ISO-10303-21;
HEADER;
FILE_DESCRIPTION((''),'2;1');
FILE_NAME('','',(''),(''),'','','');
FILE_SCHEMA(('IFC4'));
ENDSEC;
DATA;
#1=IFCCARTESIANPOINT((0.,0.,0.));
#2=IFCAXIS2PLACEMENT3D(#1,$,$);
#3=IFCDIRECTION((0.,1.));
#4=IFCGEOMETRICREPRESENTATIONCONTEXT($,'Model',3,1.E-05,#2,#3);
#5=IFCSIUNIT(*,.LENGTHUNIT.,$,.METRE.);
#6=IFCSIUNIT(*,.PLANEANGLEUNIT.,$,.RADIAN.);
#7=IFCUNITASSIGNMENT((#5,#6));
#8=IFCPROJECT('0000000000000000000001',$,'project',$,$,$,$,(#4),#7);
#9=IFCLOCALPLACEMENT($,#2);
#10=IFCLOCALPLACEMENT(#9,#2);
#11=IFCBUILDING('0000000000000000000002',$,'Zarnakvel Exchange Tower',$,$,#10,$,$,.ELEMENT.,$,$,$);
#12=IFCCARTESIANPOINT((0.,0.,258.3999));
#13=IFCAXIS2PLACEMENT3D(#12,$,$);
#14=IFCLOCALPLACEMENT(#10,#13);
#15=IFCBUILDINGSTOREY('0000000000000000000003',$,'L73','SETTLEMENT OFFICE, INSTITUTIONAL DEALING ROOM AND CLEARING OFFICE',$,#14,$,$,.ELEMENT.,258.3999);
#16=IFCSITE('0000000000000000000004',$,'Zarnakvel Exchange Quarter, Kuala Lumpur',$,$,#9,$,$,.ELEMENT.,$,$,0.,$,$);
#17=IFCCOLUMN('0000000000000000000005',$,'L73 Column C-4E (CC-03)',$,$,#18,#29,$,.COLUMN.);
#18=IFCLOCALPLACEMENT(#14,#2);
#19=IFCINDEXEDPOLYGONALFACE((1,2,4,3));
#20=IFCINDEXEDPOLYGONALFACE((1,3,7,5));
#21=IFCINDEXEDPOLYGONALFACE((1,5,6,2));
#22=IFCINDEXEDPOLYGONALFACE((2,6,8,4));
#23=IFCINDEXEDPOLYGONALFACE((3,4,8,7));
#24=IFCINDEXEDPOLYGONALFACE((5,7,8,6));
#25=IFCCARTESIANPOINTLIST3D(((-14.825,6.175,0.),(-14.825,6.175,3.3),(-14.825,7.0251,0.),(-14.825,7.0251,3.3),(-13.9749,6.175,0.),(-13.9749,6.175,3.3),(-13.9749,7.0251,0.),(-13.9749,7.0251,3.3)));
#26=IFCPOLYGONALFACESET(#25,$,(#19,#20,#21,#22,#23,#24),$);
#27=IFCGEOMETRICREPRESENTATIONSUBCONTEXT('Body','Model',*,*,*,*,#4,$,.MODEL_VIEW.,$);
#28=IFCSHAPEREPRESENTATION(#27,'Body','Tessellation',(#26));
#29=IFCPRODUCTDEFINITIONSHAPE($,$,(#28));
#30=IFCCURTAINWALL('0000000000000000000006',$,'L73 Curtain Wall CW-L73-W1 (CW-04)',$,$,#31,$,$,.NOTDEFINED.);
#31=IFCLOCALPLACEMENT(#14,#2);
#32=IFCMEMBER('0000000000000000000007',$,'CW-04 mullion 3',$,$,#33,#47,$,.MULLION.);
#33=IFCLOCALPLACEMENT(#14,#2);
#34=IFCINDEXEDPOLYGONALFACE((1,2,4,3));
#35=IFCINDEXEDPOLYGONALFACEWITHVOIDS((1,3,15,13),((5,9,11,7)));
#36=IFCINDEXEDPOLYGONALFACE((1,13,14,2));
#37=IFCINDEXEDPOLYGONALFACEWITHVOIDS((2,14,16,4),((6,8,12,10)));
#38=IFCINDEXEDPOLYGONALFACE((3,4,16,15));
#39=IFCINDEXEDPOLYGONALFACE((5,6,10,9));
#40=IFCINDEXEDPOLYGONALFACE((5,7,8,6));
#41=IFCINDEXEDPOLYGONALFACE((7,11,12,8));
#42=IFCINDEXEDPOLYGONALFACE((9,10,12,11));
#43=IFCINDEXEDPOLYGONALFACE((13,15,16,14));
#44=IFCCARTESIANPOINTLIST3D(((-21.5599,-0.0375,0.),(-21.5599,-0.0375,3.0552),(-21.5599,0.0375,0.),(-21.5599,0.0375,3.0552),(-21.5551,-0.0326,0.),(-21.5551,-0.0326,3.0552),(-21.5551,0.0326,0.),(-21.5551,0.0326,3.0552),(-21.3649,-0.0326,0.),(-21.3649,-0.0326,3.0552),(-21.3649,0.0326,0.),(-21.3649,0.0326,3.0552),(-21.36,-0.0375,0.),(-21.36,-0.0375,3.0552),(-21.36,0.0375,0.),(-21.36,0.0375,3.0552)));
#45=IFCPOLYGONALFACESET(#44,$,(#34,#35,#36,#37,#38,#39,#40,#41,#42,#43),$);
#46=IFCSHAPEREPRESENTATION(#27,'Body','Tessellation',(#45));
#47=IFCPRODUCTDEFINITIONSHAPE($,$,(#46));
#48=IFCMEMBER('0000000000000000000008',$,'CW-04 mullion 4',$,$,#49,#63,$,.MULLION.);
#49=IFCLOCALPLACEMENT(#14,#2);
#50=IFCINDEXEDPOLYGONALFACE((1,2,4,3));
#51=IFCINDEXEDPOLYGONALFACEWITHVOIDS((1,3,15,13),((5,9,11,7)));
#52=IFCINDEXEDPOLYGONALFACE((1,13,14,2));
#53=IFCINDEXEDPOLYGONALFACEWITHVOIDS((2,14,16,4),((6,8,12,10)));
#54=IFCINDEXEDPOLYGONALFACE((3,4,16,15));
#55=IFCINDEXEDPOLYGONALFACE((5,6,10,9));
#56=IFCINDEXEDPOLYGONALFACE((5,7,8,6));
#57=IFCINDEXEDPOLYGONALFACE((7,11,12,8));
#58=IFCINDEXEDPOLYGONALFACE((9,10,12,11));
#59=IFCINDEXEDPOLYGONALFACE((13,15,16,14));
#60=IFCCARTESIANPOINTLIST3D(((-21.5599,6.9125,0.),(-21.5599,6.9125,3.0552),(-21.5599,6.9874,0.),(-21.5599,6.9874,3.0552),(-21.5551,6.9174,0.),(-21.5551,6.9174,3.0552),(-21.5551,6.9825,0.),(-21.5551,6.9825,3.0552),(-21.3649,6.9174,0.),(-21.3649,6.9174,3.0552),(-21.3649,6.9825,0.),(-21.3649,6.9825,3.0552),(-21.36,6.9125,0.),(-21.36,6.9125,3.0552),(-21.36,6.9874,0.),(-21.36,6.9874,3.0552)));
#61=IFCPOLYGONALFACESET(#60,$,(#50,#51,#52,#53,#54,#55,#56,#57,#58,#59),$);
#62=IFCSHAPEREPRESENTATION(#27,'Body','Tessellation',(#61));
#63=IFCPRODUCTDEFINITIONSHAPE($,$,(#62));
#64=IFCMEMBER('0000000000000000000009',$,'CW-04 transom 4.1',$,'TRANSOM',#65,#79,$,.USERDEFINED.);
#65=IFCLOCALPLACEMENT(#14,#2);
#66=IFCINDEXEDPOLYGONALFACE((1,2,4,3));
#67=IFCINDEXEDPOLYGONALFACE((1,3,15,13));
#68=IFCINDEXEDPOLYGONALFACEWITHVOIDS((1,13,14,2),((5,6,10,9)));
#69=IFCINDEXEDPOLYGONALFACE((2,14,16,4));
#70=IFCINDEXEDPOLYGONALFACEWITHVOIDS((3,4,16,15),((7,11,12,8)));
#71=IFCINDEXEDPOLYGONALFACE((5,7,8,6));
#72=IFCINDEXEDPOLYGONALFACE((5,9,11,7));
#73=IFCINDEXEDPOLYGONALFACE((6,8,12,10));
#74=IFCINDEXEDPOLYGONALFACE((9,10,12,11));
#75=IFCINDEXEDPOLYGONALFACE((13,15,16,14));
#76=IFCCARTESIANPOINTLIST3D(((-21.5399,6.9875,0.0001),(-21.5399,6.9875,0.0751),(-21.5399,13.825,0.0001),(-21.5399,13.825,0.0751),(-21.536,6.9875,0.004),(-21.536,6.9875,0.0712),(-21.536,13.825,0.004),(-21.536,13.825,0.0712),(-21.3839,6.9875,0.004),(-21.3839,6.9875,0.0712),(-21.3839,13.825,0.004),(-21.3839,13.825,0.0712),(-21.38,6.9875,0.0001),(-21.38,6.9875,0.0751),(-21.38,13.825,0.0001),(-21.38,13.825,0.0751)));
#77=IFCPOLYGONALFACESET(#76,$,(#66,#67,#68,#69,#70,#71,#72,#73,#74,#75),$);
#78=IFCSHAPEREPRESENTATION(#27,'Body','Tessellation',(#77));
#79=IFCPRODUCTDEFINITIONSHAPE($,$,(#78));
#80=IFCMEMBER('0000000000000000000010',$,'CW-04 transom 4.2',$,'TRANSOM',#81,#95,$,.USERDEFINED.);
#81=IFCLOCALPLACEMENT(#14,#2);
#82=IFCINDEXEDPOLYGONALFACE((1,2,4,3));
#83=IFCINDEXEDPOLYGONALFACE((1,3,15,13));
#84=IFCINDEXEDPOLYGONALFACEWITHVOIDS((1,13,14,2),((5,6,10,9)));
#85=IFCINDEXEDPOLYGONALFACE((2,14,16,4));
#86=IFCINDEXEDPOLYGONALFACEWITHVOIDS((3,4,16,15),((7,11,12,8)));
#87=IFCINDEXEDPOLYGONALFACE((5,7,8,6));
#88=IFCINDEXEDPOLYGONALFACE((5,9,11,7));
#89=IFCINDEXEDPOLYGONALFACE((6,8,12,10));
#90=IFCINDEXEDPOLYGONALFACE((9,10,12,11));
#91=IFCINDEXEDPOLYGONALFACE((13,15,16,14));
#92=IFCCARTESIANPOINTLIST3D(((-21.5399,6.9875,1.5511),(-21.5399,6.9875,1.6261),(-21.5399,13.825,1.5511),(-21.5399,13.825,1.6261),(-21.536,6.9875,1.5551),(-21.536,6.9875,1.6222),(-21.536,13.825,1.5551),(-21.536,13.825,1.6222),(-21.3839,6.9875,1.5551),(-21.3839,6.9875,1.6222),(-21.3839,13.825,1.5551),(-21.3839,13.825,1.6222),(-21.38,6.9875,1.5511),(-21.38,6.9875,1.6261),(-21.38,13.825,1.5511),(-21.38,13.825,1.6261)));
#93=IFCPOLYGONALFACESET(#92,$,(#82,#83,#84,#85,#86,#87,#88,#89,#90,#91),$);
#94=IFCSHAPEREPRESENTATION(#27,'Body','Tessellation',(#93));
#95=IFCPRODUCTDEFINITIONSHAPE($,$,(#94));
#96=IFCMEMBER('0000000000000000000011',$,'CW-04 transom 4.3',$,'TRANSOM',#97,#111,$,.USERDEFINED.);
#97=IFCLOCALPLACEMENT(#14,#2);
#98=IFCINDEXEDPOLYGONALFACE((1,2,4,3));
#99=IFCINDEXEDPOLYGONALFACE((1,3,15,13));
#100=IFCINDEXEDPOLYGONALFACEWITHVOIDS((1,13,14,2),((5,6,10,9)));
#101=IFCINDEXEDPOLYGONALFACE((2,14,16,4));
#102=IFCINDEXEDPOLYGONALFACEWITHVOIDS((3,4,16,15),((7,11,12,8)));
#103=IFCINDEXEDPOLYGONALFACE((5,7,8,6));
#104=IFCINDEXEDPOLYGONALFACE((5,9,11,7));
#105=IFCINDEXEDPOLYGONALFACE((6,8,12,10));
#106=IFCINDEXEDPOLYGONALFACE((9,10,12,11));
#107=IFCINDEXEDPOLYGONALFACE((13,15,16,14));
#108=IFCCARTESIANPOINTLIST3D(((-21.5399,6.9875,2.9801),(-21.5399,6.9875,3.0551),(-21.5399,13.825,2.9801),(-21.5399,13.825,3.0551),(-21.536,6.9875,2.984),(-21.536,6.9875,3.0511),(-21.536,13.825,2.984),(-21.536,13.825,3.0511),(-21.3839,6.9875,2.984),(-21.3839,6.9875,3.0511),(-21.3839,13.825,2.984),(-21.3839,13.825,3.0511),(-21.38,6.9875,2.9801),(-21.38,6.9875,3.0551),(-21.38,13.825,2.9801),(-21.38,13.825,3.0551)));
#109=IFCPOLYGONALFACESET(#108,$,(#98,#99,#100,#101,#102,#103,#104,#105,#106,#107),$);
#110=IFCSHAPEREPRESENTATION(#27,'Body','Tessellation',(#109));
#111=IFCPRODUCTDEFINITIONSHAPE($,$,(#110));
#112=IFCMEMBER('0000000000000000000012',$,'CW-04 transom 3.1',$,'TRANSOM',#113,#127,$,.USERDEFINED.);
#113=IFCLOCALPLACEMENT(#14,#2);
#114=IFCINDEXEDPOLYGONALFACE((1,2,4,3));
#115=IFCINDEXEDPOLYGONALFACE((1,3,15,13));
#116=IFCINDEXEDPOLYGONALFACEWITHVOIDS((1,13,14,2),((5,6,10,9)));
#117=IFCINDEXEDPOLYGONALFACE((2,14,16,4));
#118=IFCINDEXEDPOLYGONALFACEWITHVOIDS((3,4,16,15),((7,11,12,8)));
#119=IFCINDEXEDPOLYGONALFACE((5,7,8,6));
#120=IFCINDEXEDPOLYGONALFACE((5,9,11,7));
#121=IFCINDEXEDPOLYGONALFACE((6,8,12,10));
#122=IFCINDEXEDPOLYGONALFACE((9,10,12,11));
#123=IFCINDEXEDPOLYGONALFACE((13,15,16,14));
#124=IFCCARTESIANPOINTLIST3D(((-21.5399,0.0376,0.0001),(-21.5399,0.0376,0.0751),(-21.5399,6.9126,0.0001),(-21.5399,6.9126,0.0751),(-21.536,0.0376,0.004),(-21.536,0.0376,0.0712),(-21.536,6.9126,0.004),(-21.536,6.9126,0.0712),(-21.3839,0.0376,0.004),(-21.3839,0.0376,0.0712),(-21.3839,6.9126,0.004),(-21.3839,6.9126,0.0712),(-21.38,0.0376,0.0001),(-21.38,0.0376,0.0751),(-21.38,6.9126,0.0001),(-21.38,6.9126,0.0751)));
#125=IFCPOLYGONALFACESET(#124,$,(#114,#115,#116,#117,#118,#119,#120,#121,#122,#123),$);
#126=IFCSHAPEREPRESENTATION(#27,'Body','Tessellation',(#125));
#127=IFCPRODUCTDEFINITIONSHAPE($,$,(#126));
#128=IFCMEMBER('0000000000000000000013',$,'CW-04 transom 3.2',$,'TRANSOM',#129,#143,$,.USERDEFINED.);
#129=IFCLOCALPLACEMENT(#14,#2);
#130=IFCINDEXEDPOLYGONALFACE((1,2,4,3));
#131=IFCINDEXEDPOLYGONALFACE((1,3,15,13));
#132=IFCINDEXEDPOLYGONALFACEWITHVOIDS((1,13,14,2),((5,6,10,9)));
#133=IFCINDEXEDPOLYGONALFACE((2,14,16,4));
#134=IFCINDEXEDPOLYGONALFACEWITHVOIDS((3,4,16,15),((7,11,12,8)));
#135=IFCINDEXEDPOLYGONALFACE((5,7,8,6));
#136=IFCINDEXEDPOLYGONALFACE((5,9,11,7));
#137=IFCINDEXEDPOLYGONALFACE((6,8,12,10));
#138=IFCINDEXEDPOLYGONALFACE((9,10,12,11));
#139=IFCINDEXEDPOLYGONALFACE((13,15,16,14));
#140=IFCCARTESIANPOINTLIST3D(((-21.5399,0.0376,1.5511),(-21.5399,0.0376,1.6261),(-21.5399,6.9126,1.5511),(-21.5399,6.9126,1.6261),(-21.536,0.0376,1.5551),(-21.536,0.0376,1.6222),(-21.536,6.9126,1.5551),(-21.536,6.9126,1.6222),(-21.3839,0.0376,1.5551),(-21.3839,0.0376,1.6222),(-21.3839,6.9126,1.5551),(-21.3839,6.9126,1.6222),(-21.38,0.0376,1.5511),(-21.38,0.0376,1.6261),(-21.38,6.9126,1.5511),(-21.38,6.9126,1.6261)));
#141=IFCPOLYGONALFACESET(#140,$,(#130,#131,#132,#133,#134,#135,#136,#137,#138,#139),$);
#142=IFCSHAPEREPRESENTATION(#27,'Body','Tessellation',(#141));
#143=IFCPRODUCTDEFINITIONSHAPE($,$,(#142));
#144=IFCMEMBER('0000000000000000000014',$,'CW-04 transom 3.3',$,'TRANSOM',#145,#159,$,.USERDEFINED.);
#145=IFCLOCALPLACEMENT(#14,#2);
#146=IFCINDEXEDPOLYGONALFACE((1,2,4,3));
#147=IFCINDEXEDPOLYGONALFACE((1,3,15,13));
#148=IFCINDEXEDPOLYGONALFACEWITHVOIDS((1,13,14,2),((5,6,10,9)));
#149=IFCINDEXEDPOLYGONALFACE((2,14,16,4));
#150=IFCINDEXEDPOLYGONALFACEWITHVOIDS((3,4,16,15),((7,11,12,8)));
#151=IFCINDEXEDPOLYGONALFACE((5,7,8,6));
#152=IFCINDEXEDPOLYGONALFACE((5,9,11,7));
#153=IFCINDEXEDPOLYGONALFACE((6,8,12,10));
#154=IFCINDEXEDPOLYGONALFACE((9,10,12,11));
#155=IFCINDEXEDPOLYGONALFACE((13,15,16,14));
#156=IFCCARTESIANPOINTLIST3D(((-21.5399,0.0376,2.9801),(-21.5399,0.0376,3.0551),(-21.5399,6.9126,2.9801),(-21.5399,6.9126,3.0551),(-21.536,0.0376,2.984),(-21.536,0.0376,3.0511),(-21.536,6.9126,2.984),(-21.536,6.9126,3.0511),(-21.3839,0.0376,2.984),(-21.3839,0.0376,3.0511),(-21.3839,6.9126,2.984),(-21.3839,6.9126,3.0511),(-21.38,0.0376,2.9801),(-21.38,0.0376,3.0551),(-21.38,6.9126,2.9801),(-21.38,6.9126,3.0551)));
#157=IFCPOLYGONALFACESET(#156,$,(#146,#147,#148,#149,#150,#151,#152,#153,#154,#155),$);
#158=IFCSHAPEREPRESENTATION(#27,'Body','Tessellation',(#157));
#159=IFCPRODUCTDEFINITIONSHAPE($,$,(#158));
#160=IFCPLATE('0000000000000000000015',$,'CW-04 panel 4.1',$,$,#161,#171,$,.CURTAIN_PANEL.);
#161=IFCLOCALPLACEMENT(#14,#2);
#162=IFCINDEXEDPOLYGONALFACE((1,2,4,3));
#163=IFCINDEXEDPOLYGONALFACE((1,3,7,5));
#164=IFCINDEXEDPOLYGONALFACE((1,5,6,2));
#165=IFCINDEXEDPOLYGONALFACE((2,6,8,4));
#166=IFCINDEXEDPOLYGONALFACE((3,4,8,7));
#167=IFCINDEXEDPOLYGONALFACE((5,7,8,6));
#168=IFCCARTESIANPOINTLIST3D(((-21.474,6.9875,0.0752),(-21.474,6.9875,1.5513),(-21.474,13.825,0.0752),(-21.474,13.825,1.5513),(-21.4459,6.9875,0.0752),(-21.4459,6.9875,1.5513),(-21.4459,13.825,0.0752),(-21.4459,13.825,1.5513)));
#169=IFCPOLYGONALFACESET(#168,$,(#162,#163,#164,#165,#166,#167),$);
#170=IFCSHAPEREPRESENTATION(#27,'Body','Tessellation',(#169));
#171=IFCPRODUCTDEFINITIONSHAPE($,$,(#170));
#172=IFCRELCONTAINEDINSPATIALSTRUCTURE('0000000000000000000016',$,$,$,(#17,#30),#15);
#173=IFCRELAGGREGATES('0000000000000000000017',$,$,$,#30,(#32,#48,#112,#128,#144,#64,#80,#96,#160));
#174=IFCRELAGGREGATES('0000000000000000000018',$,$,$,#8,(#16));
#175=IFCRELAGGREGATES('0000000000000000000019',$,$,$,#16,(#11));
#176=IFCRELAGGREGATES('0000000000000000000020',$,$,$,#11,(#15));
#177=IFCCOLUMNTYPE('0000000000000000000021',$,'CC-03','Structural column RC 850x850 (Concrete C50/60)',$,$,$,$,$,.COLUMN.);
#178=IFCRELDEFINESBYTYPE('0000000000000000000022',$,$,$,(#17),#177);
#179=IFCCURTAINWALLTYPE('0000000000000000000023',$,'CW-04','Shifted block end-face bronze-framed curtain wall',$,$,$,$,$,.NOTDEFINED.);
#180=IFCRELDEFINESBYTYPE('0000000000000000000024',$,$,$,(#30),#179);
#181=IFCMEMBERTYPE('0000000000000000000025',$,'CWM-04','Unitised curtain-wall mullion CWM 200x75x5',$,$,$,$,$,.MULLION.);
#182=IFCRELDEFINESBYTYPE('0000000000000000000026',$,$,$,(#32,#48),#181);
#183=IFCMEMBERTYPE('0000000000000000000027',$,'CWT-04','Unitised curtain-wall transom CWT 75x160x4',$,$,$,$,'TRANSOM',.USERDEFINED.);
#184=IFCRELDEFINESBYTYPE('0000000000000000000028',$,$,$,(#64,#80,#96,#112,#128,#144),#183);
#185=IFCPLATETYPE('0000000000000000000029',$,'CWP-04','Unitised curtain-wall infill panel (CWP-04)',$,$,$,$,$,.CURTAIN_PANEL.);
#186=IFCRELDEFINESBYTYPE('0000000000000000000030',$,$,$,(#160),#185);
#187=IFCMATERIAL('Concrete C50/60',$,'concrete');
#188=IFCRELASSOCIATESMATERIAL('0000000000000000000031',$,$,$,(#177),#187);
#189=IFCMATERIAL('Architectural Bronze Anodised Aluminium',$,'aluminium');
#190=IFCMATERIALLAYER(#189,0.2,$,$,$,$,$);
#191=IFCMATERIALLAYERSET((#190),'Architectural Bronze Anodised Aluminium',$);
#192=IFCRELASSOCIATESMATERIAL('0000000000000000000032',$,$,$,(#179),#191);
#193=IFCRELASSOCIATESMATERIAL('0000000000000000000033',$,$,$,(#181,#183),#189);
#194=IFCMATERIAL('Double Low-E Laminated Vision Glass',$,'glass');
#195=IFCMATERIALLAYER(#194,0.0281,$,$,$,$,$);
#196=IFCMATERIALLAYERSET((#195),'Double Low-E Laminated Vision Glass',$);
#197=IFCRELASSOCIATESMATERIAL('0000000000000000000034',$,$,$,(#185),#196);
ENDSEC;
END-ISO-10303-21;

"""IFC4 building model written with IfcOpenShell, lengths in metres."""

from ifc_helpers import new_model, si_unit, direction, frame, origin, origin_2d, place, context, subcontext, project, spatial, rectangle, hollow_rectangle, extrude, source, transform, mapped, material, layer, layer_set, material_profile, profile_set, type_object, element, aggregate, save


model = new_model("IFC4")

# Units and contexts
model_context = context("Model", 3, precision=1e-05, world=origin(), true_north=direction((0.0, 1.0)))
body_context = subcontext(model_context, "Body", "Model", "MODEL_VIEW")
ifc_project = project(units=[si_unit("LENGTHUNIT", "METRE"), si_unit("PLANEANGLEUNIT", "RADIAN")], contexts=[model_context])

# Site, building, storey
site_placement = place(None, origin())
site = spatial("IfcSite", under=ifc_project, at=site_placement, Name="Zarnakvel Exchange Quarter, Kuala Lumpur", CompositionType="ELEMENT", RefElevation=0.0)
building_placement = place(site_placement, origin())
building = spatial("IfcBuilding", under=site, at=building_placement, Name="Zarnakvel Exchange Tower", CompositionType="ELEMENT")
storey_placement = place(building_placement, frame((0.0, 0.0, 258.3999)))
storey = spatial("IfcBuildingStorey", under=building, at=storey_placement, Name="L73", Description="SETTLEMENT OFFICE, INSTITUTIONAL DEALING ROOM AND CLEARING OFFICE", CompositionType="ELEMENT", Elevation=258.3999)

# Column
ifc_material_1 = material(Name="Concrete C50/60", Category="concrete")
ifc_material_profile_1 = material_profile(ifc_material_1, rectangle(XDim=0.8501, YDim=0.8501, at=origin_2d()))
ifc_profile_set_1 = profile_set([ifc_material_profile_1], Name="Concrete C50/60")
column_type = type_object("IfcColumnType", Name="CC-03", Description="Structural column RC 850x850 (Concrete C50/60)", PredefinedType="COLUMN", material=ifc_profile_set_1)
column_placement = place(storey_placement, frame((-14.3999, 6.6001, 0.0), z_axis=(0.0, 0.0, 1.0), x_axis=(1.0, 0.0, 0.0)))
element("IfcColumn", 1, at=column_placement, inside=storey, type_object=column_type, Name="L73 Column C-4E (CC-03)", PredefinedType="COLUMN", context=body_context, shape_type="SweptSolid", body=[
    extrude(rectangle(XDim=0.8501, YDim=0.8501, at=origin_2d()), origin(), (0.0, 0.0, 1.0), 3.3),
])

# Curtain wall, members, plate
ifc_material_2 = material(Name="Architectural Bronze Anodised Aluminium", Category="aluminium")
ifc_layer_1 = layer(ifc_material_2, 0.2)
ifc_layer_set_1 = layer_set([ifc_layer_1], Name="Architectural Bronze Anodised Aluminium")
curtain_wall_type = type_object("IfcCurtainWallType", Name="CW-04", Description="Shifted block end-face bronze-framed curtain wall", PredefinedType="NOTDEFINED", material=ifc_layer_set_1)
curtain_wall_placement = place(storey_placement, origin())
curtain_wall = element("IfcCurtainWall", 2, at=curtain_wall_placement, inside=storey, type_object=curtain_wall_type, Name="L73 Curtain Wall CW-L73-W1 (CW-04)", PredefinedType="NOTDEFINED")
ifc_material_profile_2 = material_profile(ifc_material_2, hollow_rectangle(XDim=0.2, YDim=0.075, WallThickness=0.0049, at=origin_2d()))
ifc_profile_set_2 = profile_set([ifc_material_profile_2], Name="Architectural Bronze Anodised Aluminium")
member_type_1 = type_object("IfcMemberType", Name="CWM-04", Description="Unitised curtain-wall mullion CWM 200x75x5", PredefinedType="MULLION", material=ifc_profile_set_2)
shared_shape_1 = source(origin(), body_context, "Body", "SweptSolid", [
    extrude(hollow_rectangle(XDim=0.2, YDim=0.075, WallThickness=0.0049, at=origin_2d()), origin(), (0.0, 0.0, 1.0), 3.0552),
])
member_1_placement = place(storey_placement, frame((-21.46, 0.0, 0.0), z_axis=(0.0, 0.0, 1.0), x_axis=(-1.0, 0.0, 0.0)))
member_1 = element("IfcMember", 3, at=member_1_placement, type_object=member_type_1, Name="CW-04 mullion 3", PredefinedType="MULLION", context=body_context, shape_type="MappedRepresentation", body=[
    mapped(shared_shape_1, transform((0.0, 0.0, 0.0), x_axis=(1.0, 0.0, 0.0), y_axis=(0.0, 1.0, 0.0), z_axis=(0.0, 0.0, 1.0), scale=1.0)),
])
member_2_placement = place(storey_placement, frame((-21.46, 6.95, 0.0), z_axis=(0.0, 0.0, 1.0), x_axis=(-1.0, 0.0, 0.0)))
member_2 = element("IfcMember", 4, at=member_2_placement, type_object=member_type_1, Name="CW-04 mullion 4", PredefinedType="MULLION", context=body_context, shape_type="MappedRepresentation", body=[
    mapped(shared_shape_1, transform((0.0, 0.0, 0.0), x_axis=(1.0, 0.0, 0.0), y_axis=(0.0, 1.0, 0.0), z_axis=(0.0, 0.0, 1.0), scale=1.0)),
])
ifc_material_profile_3 = material_profile(ifc_material_2, hollow_rectangle(XDim=0.1599, YDim=0.075, WallThickness=0.0039, at=origin_2d()))
ifc_profile_set_3 = profile_set([ifc_material_profile_3], Name="Architectural Bronze Anodised Aluminium")
member_type_2 = type_object("IfcMemberType", Name="CWT-04", Description="Unitised curtain-wall transom CWT 75x160x4", ElementType="TRANSOM", PredefinedType="USERDEFINED", material=ifc_profile_set_3)
shared_shape_2 = source(origin(), body_context, "Body", "SweptSolid", [
    extrude(hollow_rectangle(XDim=0.1599, YDim=0.075, WallThickness=0.0039, at=origin_2d()), origin(), (0.0, 0.0, 1.0), 6.8374),
])
member_3_placement = place(storey_placement, frame((-21.46, 6.9875, 0.0376), z_axis=(0.0, 1.0, 0.0), x_axis=(-1.0, 0.0, 0.0)))
member_3 = element("IfcMember", 5, at=member_3_placement, type_object=member_type_2, Name="CW-04 transom 4.1", ObjectType="TRANSOM", PredefinedType="USERDEFINED", context=body_context, shape_type="MappedRepresentation", body=[
    mapped(shared_shape_2, transform((0.0, 0.0, 0.0), x_axis=(1.0, 0.0, 0.0), y_axis=(0.0, 1.0, 0.0), z_axis=(0.0, 0.0, 1.0), scale=1.0)),
])
member_4_placement = place(storey_placement, frame((-21.46, 6.9875, 1.5886), z_axis=(0.0, 1.0, 0.0), x_axis=(-1.0, 0.0, 0.0)))
member_4 = element("IfcMember", 6, at=member_4_placement, type_object=member_type_2, Name="CW-04 transom 4.2", ObjectType="TRANSOM", PredefinedType="USERDEFINED", context=body_context, shape_type="MappedRepresentation", body=[
    mapped(shared_shape_2, transform((0.0, 0.0, 0.0), x_axis=(1.0, 0.0, 0.0), y_axis=(0.0, 1.0, 0.0), z_axis=(0.0, 0.0, 1.0), scale=1.0)),
])
member_5_placement = place(storey_placement, frame((-21.46, 6.9875, 3.0176), z_axis=(0.0, 1.0, 0.0), x_axis=(-1.0, 0.0, 0.0)))
member_5 = element("IfcMember", 7, at=member_5_placement, type_object=member_type_2, Name="CW-04 transom 4.3", ObjectType="TRANSOM", PredefinedType="USERDEFINED", context=body_context, shape_type="MappedRepresentation", body=[
    mapped(shared_shape_2, transform((0.0, 0.0, 0.0), x_axis=(1.0, 0.0, 0.0), y_axis=(0.0, 1.0, 0.0), z_axis=(0.0, 0.0, 1.0), scale=1.0)),
])
shared_shape_3 = source(origin(), body_context, "Body", "SweptSolid", [
    extrude(hollow_rectangle(XDim=0.1599, YDim=0.075, WallThickness=0.0039, at=origin_2d()), origin(), (0.0, 0.0, 1.0), 6.875),
])
member_6_placement = place(storey_placement, frame((-21.46, 0.0376, 0.0376), z_axis=(0.0, 1.0, 0.0), x_axis=(-1.0, 0.0, 0.0)))
member_6 = element("IfcMember", 8, at=member_6_placement, type_object=member_type_2, Name="CW-04 transom 3.1", ObjectType="TRANSOM", PredefinedType="USERDEFINED", context=body_context, shape_type="MappedRepresentation", body=[
    mapped(shared_shape_3, transform((0.0, 0.0, 0.0), x_axis=(1.0, 0.0, 0.0), y_axis=(0.0, 1.0, 0.0), z_axis=(0.0, 0.0, 1.0), scale=1.0)),
])
member_7_placement = place(storey_placement, frame((-21.46, 0.0376, 1.5886), z_axis=(0.0, 1.0, 0.0), x_axis=(-1.0, 0.0, 0.0)))
member_7 = element("IfcMember", 9, at=member_7_placement, type_object=member_type_2, Name="CW-04 transom 3.2", ObjectType="TRANSOM", PredefinedType="USERDEFINED", context=body_context, shape_type="MappedRepresentation", body=[
    mapped(shared_shape_3, transform((0.0, 0.0, 0.0), x_axis=(1.0, 0.0, 0.0), y_axis=(0.0, 1.0, 0.0), z_axis=(0.0, 0.0, 1.0), scale=1.0)),
])
member_8_placement = place(storey_placement, frame((-21.46, 0.0376, 3.0176), z_axis=(0.0, 1.0, 0.0), x_axis=(-1.0, 0.0, 0.0)))
member_8 = element("IfcMember", 10, at=member_8_placement, type_object=member_type_2, Name="CW-04 transom 3.3", ObjectType="TRANSOM", PredefinedType="USERDEFINED", context=body_context, shape_type="MappedRepresentation", body=[
    mapped(shared_shape_3, transform((0.0, 0.0, 0.0), x_axis=(1.0, 0.0, 0.0), y_axis=(0.0, 1.0, 0.0), z_axis=(0.0, 0.0, 1.0), scale=1.0)),
])
ifc_material_3 = material(Name="Double Low-E Laminated Vision Glass", Category="glass")
ifc_layer_2 = layer(ifc_material_3, 0.0281)
ifc_layer_set_2 = layer_set([ifc_layer_2], Name="Double Low-E Laminated Vision Glass")
plate_type = type_object("IfcPlateType", Name="CWP-04", Description="Unitised curtain-wall infill panel (CWP-04)", PredefinedType="CURTAIN_PANEL", material=ifc_layer_set_2)
shared_shape_4 = source(origin(), body_context, "Body", "SweptSolid", [
    extrude(rectangle(XDim=6.8374, YDim=0.0281, at=origin_2d()), origin(), (0.0, 0.0, 1.0), 1.4761),
])
plate_1_placement = place(storey_placement, frame((-21.46, 10.4062, 0.0752), z_axis=(0.0, 0.0, 1.0), x_axis=(0.0, 1.0, 0.0)))
plate_1 = element("IfcPlate", 11, at=plate_1_placement, type_object=plate_type, Name="CW-04 panel 4.1", PredefinedType="CURTAIN_PANEL", context=body_context, shape_type="MappedRepresentation", body=[
    mapped(shared_shape_4, transform((0.0, 0.0, 0.0), x_axis=(1.0, 0.0, 0.0), y_axis=(0.0, 1.0, 0.0), z_axis=(0.0, 0.0, 1.0), scale=1.0)),
])
aggregate(curtain_wall, [member_1, member_2, member_6, member_7, member_8, member_3, member_4, member_5, plate_1])

save(model, "model.ifc")
